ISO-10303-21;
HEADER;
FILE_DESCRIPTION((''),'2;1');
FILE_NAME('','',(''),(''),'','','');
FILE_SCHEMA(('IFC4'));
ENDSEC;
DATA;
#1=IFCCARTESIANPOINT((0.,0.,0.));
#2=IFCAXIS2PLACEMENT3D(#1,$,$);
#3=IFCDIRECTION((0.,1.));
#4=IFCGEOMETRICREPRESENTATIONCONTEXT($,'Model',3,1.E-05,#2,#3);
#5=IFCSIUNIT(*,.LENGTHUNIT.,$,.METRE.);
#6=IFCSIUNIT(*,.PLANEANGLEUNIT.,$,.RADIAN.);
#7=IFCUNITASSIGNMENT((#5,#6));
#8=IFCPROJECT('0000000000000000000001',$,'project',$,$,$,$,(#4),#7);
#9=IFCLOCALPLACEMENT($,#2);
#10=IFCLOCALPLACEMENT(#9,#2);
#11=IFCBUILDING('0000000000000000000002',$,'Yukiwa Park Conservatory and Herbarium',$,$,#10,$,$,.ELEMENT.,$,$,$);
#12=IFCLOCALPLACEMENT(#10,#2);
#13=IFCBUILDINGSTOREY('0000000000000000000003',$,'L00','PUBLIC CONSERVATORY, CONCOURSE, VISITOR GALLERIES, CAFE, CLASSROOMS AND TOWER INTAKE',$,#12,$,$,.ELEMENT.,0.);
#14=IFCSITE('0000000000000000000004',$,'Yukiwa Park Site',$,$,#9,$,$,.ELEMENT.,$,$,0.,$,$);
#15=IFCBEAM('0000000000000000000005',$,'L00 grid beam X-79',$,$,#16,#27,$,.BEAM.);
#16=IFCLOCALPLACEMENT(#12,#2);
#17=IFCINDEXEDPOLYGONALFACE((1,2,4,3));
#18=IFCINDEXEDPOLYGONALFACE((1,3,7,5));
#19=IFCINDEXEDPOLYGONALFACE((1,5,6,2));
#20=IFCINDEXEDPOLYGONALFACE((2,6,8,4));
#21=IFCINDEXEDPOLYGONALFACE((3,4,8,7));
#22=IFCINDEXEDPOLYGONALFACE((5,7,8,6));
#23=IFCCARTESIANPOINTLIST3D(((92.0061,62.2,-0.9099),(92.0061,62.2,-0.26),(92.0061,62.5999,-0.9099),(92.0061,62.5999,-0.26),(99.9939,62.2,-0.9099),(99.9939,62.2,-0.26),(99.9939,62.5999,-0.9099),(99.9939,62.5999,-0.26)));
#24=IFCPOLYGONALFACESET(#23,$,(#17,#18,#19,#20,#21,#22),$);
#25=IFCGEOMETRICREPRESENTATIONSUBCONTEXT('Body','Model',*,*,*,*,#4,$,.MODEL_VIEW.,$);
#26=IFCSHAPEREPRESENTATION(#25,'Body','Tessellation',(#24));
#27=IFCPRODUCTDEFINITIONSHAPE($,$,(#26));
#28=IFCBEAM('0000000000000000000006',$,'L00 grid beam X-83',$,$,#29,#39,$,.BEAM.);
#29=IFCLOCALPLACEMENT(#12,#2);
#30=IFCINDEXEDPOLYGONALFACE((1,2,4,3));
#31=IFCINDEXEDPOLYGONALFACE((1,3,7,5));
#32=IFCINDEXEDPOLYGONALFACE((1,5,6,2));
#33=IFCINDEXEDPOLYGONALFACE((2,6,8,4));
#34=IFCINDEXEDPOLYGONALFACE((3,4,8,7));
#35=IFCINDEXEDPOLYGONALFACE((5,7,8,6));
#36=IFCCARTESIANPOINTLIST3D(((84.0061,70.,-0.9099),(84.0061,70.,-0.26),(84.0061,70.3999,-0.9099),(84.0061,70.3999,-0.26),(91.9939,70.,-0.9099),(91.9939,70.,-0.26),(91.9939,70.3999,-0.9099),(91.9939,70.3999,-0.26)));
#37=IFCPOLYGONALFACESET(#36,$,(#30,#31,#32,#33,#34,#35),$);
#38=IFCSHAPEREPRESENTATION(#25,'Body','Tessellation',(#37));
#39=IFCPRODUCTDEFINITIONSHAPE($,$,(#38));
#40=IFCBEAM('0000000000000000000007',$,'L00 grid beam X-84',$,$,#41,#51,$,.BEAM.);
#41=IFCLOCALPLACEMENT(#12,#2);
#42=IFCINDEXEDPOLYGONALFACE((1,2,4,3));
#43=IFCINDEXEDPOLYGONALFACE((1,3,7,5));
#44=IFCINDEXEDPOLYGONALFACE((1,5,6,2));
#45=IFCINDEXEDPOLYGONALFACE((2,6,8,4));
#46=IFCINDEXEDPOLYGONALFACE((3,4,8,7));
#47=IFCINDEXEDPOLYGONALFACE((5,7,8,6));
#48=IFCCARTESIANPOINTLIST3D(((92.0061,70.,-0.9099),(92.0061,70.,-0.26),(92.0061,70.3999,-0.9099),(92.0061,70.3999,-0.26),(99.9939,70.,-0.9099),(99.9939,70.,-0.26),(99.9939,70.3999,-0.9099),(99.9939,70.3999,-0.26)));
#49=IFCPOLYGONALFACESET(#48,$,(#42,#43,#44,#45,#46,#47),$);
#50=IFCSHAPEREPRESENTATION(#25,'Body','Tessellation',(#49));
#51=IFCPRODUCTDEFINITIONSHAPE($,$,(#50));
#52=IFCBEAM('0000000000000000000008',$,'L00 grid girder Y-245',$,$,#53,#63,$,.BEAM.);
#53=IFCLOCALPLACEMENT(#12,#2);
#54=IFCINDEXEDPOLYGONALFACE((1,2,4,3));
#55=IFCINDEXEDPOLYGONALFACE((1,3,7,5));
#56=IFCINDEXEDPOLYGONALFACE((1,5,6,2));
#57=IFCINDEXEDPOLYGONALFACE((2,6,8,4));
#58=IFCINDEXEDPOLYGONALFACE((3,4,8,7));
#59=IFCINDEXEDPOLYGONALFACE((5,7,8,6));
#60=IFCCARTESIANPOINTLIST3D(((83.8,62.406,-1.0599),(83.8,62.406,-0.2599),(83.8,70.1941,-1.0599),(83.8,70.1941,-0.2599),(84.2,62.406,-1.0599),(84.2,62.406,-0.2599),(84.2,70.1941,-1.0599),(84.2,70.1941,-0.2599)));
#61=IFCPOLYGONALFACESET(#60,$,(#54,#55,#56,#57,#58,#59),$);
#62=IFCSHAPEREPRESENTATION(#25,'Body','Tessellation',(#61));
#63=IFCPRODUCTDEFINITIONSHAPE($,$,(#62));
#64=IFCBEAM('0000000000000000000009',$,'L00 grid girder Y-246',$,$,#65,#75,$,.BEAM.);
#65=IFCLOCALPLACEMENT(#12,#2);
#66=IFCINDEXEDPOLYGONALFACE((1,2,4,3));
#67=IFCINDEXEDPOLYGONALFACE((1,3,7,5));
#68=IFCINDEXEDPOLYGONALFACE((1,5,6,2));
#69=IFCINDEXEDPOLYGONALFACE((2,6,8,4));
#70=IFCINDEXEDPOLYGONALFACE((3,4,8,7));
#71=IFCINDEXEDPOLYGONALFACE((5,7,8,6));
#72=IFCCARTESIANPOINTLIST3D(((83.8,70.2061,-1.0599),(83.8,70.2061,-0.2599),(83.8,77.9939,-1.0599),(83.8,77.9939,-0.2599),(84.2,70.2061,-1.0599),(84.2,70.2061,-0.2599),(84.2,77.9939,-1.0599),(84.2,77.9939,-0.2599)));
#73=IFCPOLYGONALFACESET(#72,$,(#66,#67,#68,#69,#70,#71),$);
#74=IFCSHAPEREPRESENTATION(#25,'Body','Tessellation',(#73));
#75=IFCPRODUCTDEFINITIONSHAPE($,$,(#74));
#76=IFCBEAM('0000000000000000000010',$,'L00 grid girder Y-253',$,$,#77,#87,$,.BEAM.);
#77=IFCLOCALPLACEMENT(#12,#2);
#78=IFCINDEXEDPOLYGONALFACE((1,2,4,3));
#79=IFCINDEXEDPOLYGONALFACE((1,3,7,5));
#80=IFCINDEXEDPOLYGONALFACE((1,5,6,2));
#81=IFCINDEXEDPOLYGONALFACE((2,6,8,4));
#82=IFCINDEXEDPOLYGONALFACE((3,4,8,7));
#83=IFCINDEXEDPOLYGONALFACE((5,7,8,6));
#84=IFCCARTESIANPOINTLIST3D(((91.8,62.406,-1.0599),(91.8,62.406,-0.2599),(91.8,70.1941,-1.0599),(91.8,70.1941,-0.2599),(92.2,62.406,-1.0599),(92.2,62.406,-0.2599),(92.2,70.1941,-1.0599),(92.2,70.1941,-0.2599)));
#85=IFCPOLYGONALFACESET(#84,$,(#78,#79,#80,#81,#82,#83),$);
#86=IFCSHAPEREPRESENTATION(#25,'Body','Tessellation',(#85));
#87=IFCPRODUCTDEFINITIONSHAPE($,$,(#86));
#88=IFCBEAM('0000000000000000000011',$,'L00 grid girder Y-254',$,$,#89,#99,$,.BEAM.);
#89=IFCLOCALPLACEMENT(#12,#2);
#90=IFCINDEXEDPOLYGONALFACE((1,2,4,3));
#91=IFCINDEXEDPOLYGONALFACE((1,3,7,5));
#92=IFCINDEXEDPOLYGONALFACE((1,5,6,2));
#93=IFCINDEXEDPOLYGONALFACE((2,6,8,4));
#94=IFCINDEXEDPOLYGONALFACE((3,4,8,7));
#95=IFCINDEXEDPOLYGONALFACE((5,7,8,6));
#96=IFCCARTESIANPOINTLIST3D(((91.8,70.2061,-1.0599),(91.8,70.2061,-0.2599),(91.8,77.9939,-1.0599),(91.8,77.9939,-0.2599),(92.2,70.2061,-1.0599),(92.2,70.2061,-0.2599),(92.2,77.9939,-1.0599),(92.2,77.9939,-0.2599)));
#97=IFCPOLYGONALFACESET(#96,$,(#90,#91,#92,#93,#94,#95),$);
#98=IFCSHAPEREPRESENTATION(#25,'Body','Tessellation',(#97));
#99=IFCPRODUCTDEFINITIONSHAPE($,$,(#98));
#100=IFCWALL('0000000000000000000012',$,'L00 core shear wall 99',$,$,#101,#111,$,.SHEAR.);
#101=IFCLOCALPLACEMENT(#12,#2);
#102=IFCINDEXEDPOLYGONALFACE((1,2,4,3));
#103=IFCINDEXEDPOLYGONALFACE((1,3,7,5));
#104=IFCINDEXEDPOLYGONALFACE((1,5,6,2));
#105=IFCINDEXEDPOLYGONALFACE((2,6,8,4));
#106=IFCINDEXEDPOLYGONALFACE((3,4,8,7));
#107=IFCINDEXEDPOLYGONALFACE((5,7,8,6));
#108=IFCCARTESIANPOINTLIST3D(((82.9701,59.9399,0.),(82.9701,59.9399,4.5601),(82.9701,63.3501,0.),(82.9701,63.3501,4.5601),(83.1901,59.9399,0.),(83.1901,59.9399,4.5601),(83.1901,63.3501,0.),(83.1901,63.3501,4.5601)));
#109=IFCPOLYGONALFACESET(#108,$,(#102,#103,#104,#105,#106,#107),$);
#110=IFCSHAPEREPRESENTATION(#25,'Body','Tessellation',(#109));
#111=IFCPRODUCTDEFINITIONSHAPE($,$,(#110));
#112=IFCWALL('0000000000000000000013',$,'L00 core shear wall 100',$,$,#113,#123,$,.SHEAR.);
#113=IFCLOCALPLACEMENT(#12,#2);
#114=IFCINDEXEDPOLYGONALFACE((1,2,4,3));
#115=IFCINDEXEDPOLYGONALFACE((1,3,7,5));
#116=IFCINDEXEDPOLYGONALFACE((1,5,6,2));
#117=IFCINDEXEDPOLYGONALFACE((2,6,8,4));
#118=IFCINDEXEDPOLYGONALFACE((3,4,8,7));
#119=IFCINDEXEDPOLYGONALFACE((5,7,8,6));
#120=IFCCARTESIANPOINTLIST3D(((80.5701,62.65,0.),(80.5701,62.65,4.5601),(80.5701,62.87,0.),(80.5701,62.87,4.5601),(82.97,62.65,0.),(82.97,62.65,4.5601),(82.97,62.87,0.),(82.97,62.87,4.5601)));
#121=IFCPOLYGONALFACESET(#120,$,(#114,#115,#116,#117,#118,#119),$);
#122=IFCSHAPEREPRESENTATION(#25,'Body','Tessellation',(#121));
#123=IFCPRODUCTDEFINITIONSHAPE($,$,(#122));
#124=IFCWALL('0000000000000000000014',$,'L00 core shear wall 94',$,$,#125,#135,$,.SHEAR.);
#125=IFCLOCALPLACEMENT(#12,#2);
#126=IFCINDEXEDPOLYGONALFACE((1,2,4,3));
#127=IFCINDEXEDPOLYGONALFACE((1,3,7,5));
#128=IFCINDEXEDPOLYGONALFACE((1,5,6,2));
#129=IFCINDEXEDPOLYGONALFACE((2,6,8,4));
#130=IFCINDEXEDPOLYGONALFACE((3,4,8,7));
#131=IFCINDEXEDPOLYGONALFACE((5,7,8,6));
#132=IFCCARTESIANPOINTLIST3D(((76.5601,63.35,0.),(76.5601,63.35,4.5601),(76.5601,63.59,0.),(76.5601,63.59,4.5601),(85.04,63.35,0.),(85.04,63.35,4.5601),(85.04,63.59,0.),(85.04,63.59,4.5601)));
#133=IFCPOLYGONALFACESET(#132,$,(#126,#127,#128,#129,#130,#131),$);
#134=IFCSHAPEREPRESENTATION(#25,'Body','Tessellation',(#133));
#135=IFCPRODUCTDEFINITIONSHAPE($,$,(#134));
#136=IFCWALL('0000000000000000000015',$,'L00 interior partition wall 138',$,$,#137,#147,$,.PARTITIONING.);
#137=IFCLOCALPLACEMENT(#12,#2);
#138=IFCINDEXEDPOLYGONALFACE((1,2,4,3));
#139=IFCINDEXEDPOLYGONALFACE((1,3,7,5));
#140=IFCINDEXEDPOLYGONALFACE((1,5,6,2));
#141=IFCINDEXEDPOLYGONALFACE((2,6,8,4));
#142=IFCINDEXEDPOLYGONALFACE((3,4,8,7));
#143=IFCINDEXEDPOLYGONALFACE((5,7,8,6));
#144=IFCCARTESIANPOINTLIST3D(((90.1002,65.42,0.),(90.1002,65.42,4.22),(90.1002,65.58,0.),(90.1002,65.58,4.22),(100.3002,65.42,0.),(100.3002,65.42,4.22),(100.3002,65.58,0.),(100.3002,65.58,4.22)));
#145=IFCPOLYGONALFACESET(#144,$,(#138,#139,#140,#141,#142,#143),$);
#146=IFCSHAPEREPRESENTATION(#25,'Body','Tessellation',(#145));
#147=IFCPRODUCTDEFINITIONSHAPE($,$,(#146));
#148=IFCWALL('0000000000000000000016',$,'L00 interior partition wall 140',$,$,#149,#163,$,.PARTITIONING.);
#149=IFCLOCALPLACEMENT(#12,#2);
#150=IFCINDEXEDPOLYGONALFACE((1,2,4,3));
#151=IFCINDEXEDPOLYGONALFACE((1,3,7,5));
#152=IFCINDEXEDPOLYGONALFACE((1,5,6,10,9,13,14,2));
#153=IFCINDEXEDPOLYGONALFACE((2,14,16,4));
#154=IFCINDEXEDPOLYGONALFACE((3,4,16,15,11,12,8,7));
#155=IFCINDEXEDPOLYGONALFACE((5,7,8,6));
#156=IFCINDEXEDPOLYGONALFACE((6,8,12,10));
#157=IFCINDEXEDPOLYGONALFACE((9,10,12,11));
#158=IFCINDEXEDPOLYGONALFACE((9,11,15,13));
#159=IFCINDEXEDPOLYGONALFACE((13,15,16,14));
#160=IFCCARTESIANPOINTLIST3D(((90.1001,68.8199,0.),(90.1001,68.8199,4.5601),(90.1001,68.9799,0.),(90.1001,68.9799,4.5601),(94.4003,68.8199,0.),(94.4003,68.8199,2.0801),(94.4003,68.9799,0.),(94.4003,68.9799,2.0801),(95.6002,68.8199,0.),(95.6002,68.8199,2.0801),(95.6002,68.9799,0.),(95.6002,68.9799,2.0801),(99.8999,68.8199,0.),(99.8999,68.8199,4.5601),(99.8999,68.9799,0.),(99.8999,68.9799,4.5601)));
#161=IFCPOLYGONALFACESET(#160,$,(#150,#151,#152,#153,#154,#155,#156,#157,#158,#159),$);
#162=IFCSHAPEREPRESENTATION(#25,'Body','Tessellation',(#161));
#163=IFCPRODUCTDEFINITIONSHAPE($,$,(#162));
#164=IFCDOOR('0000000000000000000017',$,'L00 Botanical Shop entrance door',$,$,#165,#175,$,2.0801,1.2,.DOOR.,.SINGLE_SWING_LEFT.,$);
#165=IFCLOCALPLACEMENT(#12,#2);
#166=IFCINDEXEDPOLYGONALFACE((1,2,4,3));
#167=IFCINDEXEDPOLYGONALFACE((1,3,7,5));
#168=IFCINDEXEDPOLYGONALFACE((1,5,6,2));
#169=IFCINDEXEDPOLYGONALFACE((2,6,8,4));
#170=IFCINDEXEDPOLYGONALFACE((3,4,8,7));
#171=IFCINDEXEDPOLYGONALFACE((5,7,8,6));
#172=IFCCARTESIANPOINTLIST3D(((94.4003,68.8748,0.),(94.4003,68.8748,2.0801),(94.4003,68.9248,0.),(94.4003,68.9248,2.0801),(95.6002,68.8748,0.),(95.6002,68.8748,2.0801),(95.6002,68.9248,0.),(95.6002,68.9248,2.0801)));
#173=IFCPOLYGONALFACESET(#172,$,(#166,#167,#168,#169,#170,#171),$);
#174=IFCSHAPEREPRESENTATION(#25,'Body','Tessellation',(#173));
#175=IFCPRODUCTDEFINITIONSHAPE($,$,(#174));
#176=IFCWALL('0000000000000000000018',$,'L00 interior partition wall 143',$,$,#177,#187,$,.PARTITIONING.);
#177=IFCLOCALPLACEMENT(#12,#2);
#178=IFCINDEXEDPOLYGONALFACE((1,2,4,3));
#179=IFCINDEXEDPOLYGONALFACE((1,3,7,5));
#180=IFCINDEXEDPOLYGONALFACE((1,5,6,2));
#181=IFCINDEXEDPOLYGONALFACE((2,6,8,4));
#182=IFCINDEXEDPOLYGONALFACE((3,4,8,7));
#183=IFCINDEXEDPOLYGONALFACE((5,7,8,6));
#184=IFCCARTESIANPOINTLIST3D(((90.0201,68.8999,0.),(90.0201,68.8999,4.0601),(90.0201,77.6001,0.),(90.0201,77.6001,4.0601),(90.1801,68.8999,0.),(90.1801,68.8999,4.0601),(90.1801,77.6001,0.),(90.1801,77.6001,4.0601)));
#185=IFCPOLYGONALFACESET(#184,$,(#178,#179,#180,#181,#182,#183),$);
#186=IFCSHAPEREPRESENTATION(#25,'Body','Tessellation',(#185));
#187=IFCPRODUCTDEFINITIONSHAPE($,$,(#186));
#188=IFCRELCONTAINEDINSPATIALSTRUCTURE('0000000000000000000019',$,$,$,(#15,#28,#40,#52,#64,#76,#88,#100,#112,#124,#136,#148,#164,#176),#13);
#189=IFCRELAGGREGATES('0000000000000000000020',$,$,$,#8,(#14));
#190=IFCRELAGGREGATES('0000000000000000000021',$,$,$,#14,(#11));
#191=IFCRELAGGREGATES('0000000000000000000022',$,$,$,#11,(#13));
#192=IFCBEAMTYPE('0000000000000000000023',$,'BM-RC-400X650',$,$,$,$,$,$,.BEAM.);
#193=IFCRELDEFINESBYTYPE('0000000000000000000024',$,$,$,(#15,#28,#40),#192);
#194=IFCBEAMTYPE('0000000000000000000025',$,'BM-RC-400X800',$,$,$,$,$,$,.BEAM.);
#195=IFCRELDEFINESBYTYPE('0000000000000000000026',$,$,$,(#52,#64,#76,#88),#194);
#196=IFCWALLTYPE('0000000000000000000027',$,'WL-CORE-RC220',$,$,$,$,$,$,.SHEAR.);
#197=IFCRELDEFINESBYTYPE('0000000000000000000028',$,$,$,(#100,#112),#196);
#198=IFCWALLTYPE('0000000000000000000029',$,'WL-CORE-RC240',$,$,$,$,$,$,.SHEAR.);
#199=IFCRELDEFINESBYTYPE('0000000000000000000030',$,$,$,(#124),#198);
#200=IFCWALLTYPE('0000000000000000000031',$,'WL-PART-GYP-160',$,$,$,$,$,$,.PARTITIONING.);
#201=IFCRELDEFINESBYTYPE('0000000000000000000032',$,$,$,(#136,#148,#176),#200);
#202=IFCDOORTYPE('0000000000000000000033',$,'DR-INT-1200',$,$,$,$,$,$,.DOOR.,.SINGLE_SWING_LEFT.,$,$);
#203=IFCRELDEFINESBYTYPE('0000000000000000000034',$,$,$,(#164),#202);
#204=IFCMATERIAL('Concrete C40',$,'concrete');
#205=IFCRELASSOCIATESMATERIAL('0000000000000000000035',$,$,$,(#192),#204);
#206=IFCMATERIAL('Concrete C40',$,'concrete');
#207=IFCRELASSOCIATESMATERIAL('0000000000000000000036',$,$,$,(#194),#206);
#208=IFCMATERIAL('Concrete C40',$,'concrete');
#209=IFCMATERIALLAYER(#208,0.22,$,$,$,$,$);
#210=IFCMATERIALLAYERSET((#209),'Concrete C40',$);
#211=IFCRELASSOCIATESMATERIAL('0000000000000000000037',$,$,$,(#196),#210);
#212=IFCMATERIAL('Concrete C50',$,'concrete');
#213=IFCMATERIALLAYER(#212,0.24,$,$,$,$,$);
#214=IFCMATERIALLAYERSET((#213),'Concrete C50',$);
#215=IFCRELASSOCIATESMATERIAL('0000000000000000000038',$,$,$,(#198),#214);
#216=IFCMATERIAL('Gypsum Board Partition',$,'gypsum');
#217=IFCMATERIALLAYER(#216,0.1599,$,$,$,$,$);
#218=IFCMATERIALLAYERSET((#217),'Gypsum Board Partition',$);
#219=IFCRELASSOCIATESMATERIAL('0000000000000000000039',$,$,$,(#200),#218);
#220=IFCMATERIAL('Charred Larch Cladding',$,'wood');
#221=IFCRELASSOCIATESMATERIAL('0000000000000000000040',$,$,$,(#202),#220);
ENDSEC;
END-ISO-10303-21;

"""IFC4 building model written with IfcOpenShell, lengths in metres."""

from ifc_helpers import new_model, si_unit, direction, frame, frame_2d, origin, origin_2d, place, context, subcontext, project, spatial, rectangle, extrude, material, layer, layer_set, material_profile, profile_set, type_object, element, fill, save


model = new_model("IFC4")

# Units and contexts
model_context = context("Model", 3, precision=1e-05, world=origin(), true_north=direction((0.0, 1.0)))
body_context = subcontext(model_context, "Body", "Model", "MODEL_VIEW")
ifc_project = project(units=[si_unit("LENGTHUNIT", "METRE"), si_unit("PLANEANGLEUNIT", "RADIAN")], contexts=[model_context])

# Site, building, storey
site_placement = place(None, origin())
site = spatial("IfcSite", under=ifc_project, at=site_placement, Name="Yukiwa Park Site", CompositionType="ELEMENT", RefElevation=0.0)
building_placement = place(site_placement, origin())
building = spatial("IfcBuilding", under=site, at=building_placement, Name="Yukiwa Park Conservatory and Herbarium", CompositionType="ELEMENT")
storey_placement = place(building_placement, origin())
storey = spatial("IfcBuildingStorey", under=building, at=storey_placement, Name="L00", Description="PUBLIC CONSERVATORY, CONCOURSE, VISITOR GALLERIES, CAFE, CLASSROOMS AND TOWER INTAKE", CompositionType="ELEMENT", Elevation=0.0)

# Beams
ifc_material_1 = material(Name="Concrete C40", Category="concrete")
ifc_material_profile_1 = material_profile(ifc_material_1, rectangle(XDim=0.3999, YDim=0.6499, at=origin_2d()), Name="RC 400x650")
ifc_profile_set_1 = profile_set([ifc_material_profile_1], Name="Concrete C40")
beam_type_1 = type_object("IfcBeamType", Name="BM-RC-400X650", PredefinedType="BEAM", material=ifc_profile_set_1)
for number, where, z_axis, x_axis, name in (
    (1, (92.0061, 62.3999, -0.585), (1.0, 0.0, 0.0), (0.0, 1.0, 0.0), "L00 grid beam X-79"),
    (2, (84.0061, 70.2, -0.585), (1.0, 0.0, 0.0), (0.0, 1.0, 0.0), "L00 grid beam X-83"),
    (3, (92.0061, 70.2, -0.585), (1.0, 0.0, 0.0), (0.0, 1.0, 0.0), "L00 grid beam X-84"),
):
    element("IfcBeam", number, at=place(storey_placement, frame(where, z_axis=z_axis, x_axis=x_axis)), inside=storey, type_object=beam_type_1, Name=name, PredefinedType="BEAM", context=body_context, shape_type="SweptSolid", body=[
        extrude(rectangle(XDim=0.3999, YDim=0.6499, at=origin_2d()), origin(), (0.0, 0.0, 1.0), 7.9878),
    ])
ifc_material_2 = material(Name="Concrete C40", Category="concrete")
ifc_material_profile_2 = material_profile(ifc_material_2, rectangle(XDim=0.3999, YDim=0.8, at=origin_2d()), Name="RC 400x800")
ifc_profile_set_2 = profile_set([ifc_material_profile_2], Name="Concrete C40")
beam_type_2 = type_object("IfcBeamType", Name="BM-RC-400X800", PredefinedType="BEAM", material=ifc_profile_set_2)
beam_1_placement = place(storey_placement, frame((84.0, 62.406, -0.6599), z_axis=(0.0, 1.0, 0.0), x_axis=(-1.0, 0.0, 0.0)))
element("IfcBeam", 4, at=beam_1_placement, inside=storey, type_object=beam_type_2, Name="L00 grid girder Y-245", PredefinedType="BEAM", context=body_context, shape_type="SweptSolid", body=[
    extrude(rectangle(XDim=0.3999, YDim=0.8, at=origin_2d()), origin(), (0.0, 0.0, 1.0), 7.7881),
])
beam_2_placement = place(storey_placement, frame((84.0, 70.2061, -0.6599), z_axis=(0.0, 1.0, 0.0), x_axis=(-1.0, 0.0, 0.0)))
element("IfcBeam", 5, at=beam_2_placement, inside=storey, type_object=beam_type_2, Name="L00 grid girder Y-246", PredefinedType="BEAM", context=body_context, shape_type="SweptSolid", body=[
    extrude(rectangle(XDim=0.3999, YDim=0.8, at=origin_2d()), origin(), (0.0, 0.0, 1.0), 7.7878),
])
beam_3_placement = place(storey_placement, frame((92.0, 62.406, -0.6599), z_axis=(0.0, 1.0, 0.0), x_axis=(-1.0, 0.0, 0.0)))
element("IfcBeam", 6, at=beam_3_placement, inside=storey, type_object=beam_type_2, Name="L00 grid girder Y-253", PredefinedType="BEAM", context=body_context, shape_type="SweptSolid", body=[
    extrude(rectangle(XDim=0.3999, YDim=0.8, at=origin_2d()), origin(), (0.0, 0.0, 1.0), 7.7881),
])
beam_4_placement = place(storey_placement, frame((92.0, 70.2061, -0.6599), z_axis=(0.0, 1.0, 0.0), x_axis=(-1.0, 0.0, 0.0)))
element("IfcBeam", 7, at=beam_4_placement, inside=storey, type_object=beam_type_2, Name="L00 grid girder Y-254", PredefinedType="BEAM", context=body_context, shape_type="SweptSolid", body=[
    extrude(rectangle(XDim=0.3999, YDim=0.8, at=origin_2d()), origin(), (0.0, 0.0, 1.0), 7.7878),
])

# Shared definitions
ifc_material_3 = material(Name="Concrete C40", Category="concrete")
ifc_layer_1 = layer(ifc_material_3, 0.22)
ifc_layer_set_1 = layer_set([ifc_layer_1], Name="Concrete C40")
wall_type_1 = type_object("IfcWallType", Name="WL-CORE-RC220", PredefinedType="SHEAR", material=ifc_layer_set_1)

# Walls
wall_1_placement = place(storey_placement, frame((83.0801, 59.9399, 0.0), z_axis=(0.0, 0.0, 1.0), x_axis=(0.0, 1.0, 0.0)))
element("IfcWall", 8, at=wall_1_placement, inside=storey, type_object=wall_type_1, Name="L00 core shear wall 99", PredefinedType="SHEAR", context=body_context, shape_type="SweptSolid", body=[
    extrude(rectangle(XDim=3.4102, YDim=0.22, at=frame_2d((1.7051, 0.0))), origin(), (0.0, 0.0, 1.0), 4.5601),
])
wall_2_placement = place(storey_placement, frame((80.5701, 62.76, 0.0), z_axis=(0.0, 0.0, 1.0), x_axis=(1.0, 0.0, 0.0)))
element("IfcWall", 9, at=wall_2_placement, inside=storey, type_object=wall_type_1, Name="L00 core shear wall 100", PredefinedType="SHEAR", context=body_context, shape_type="SweptSolid", body=[
    extrude(rectangle(XDim=2.3999, YDim=0.22, at=frame_2d((1.2, 0.0))), origin(), (0.0, 0.0, 1.0), 4.5601),
])
ifc_material_4 = material(Name="Concrete C50", Category="concrete")
ifc_layer_2 = layer(ifc_material_4, 0.24)
ifc_layer_set_2 = layer_set([ifc_layer_2], Name="Concrete C50")
wall_type_2 = type_object("IfcWallType", Name="WL-CORE-RC240", PredefinedType="SHEAR", material=ifc_layer_set_2)
wall_3_placement = place(storey_placement, frame((76.5601, 63.47, 0.0), z_axis=(0.0, 0.0, 1.0), x_axis=(1.0, 0.0, 0.0)))
element("IfcWall", 10, at=wall_3_placement, inside=storey, type_object=wall_type_2, Name="L00 core shear wall 94", PredefinedType="SHEAR", context=body_context, shape_type="SweptSolid", body=[
    extrude(rectangle(XDim=8.48, YDim=0.24, at=frame_2d((4.24, 0.0))), origin(), (0.0, 0.0, 1.0), 4.5601),
])
ifc_material_5 = material(Name="Gypsum Board Partition", Category="gypsum")
ifc_layer_3 = layer(ifc_material_5, 0.1599)
ifc_layer_set_3 = layer_set([ifc_layer_3], Name="Gypsum Board Partition")
wall_type_3 = type_object("IfcWallType", Name="WL-PART-GYP-160", PredefinedType="PARTITIONING", material=ifc_layer_set_3)
wall_4_placement = place(storey_placement, frame((90.1001, 65.5, 0.0), z_axis=(0.0, 0.0, 1.0), x_axis=(1.0, 0.0, 0.0)))
element("IfcWall", 11, at=wall_4_placement, inside=storey, type_object=wall_type_3, Name="L00 interior partition wall 138", PredefinedType="PARTITIONING", context=body_context, shape_type="SweptSolid", body=[
    extrude(rectangle(XDim=10.2, YDim=0.1599, at=frame_2d((5.1001, 0.0))), origin(), (0.0, 0.0, 1.0), 4.22),
])

# Wall, opening, door
wall_5_placement = place(storey_placement, frame((90.1001, 68.8999, 0.0), z_axis=(0.0, 0.0, 1.0), x_axis=(1.0, 0.0, 0.0)))
wall_5 = element("IfcWall", 12, at=wall_5_placement, inside=storey, type_object=wall_type_3, Name="L00 interior partition wall 140", PredefinedType="PARTITIONING", context=body_context, shape_type="SweptSolid", body=[
    extrude(rectangle(XDim=9.7998, YDim=0.1599, at=frame_2d((4.8999, 0.0))), origin(), (0.0, 0.0, 1.0), 4.5601),
])
opening_1_placement = place(wall_5_placement, frame((4.3, 0.0, 0.0)))
opening_1 = element("IfcOpeningElement", 13, at=opening_1_placement, cuts=wall_5, PredefinedType="OPENING", context=body_context, shape_type="SweptSolid", body=[
    extrude(rectangle(XDim=1.2, YDim=2.0801, at=frame_2d((0.6001, 1.04))), frame((0.0, 0.0898, 0.0), z_axis=(0.0, -1.0, 0.0), x_axis=(1.0, 0.0, 0.0)), (0.0, 0.0, 1.0), 0.1799),
])
ifc_material_6 = material(Name="Charred Larch Cladding", Category="wood")
door_type_1 = type_object("IfcDoorType", Name="DR-INT-1200", OperationType="SINGLE_SWING_LEFT", PredefinedType="DOOR", material=ifc_material_6)
door_1_placement = place(opening_1_placement, origin())
door_1 = element("IfcDoor", 14, at=door_1_placement, inside=storey, type_object=door_type_1, Name="L00 Botanical Shop entrance door", OperationType="SINGLE_SWING_LEFT", OverallHeight=2.0801, OverallWidth=1.2, PredefinedType="DOOR", context=body_context, shape_type="SweptSolid", body=[
    extrude(rectangle(XDim=1.2, YDim=2.0801, at=frame_2d((0.6001, 1.04))), frame((0.0, 0.0249, 0.0), z_axis=(0.0, -1.0, 0.0), x_axis=(1.0, 0.0, 0.0)), (0.0, 0.0, 1.0), 0.05),
])
fill(opening_1, door_1)

# Wall
wall_6_placement = place(storey_placement, frame((90.1001, 68.8999, 0.0), z_axis=(0.0, 0.0, 1.0), x_axis=(0.0, 1.0, 0.0)))
element("IfcWall", 15, at=wall_6_placement, inside=storey, type_object=wall_type_3, Name="L00 interior partition wall 143", PredefinedType="PARTITIONING", context=body_context, shape_type="SweptSolid", body=[
    extrude(rectangle(XDim=8.7002, YDim=0.1599, at=frame_2d((4.3501, 0.0))), origin(), (0.0, 0.0, 1.0), 4.0601),
])

save(model, "model.ifc")
